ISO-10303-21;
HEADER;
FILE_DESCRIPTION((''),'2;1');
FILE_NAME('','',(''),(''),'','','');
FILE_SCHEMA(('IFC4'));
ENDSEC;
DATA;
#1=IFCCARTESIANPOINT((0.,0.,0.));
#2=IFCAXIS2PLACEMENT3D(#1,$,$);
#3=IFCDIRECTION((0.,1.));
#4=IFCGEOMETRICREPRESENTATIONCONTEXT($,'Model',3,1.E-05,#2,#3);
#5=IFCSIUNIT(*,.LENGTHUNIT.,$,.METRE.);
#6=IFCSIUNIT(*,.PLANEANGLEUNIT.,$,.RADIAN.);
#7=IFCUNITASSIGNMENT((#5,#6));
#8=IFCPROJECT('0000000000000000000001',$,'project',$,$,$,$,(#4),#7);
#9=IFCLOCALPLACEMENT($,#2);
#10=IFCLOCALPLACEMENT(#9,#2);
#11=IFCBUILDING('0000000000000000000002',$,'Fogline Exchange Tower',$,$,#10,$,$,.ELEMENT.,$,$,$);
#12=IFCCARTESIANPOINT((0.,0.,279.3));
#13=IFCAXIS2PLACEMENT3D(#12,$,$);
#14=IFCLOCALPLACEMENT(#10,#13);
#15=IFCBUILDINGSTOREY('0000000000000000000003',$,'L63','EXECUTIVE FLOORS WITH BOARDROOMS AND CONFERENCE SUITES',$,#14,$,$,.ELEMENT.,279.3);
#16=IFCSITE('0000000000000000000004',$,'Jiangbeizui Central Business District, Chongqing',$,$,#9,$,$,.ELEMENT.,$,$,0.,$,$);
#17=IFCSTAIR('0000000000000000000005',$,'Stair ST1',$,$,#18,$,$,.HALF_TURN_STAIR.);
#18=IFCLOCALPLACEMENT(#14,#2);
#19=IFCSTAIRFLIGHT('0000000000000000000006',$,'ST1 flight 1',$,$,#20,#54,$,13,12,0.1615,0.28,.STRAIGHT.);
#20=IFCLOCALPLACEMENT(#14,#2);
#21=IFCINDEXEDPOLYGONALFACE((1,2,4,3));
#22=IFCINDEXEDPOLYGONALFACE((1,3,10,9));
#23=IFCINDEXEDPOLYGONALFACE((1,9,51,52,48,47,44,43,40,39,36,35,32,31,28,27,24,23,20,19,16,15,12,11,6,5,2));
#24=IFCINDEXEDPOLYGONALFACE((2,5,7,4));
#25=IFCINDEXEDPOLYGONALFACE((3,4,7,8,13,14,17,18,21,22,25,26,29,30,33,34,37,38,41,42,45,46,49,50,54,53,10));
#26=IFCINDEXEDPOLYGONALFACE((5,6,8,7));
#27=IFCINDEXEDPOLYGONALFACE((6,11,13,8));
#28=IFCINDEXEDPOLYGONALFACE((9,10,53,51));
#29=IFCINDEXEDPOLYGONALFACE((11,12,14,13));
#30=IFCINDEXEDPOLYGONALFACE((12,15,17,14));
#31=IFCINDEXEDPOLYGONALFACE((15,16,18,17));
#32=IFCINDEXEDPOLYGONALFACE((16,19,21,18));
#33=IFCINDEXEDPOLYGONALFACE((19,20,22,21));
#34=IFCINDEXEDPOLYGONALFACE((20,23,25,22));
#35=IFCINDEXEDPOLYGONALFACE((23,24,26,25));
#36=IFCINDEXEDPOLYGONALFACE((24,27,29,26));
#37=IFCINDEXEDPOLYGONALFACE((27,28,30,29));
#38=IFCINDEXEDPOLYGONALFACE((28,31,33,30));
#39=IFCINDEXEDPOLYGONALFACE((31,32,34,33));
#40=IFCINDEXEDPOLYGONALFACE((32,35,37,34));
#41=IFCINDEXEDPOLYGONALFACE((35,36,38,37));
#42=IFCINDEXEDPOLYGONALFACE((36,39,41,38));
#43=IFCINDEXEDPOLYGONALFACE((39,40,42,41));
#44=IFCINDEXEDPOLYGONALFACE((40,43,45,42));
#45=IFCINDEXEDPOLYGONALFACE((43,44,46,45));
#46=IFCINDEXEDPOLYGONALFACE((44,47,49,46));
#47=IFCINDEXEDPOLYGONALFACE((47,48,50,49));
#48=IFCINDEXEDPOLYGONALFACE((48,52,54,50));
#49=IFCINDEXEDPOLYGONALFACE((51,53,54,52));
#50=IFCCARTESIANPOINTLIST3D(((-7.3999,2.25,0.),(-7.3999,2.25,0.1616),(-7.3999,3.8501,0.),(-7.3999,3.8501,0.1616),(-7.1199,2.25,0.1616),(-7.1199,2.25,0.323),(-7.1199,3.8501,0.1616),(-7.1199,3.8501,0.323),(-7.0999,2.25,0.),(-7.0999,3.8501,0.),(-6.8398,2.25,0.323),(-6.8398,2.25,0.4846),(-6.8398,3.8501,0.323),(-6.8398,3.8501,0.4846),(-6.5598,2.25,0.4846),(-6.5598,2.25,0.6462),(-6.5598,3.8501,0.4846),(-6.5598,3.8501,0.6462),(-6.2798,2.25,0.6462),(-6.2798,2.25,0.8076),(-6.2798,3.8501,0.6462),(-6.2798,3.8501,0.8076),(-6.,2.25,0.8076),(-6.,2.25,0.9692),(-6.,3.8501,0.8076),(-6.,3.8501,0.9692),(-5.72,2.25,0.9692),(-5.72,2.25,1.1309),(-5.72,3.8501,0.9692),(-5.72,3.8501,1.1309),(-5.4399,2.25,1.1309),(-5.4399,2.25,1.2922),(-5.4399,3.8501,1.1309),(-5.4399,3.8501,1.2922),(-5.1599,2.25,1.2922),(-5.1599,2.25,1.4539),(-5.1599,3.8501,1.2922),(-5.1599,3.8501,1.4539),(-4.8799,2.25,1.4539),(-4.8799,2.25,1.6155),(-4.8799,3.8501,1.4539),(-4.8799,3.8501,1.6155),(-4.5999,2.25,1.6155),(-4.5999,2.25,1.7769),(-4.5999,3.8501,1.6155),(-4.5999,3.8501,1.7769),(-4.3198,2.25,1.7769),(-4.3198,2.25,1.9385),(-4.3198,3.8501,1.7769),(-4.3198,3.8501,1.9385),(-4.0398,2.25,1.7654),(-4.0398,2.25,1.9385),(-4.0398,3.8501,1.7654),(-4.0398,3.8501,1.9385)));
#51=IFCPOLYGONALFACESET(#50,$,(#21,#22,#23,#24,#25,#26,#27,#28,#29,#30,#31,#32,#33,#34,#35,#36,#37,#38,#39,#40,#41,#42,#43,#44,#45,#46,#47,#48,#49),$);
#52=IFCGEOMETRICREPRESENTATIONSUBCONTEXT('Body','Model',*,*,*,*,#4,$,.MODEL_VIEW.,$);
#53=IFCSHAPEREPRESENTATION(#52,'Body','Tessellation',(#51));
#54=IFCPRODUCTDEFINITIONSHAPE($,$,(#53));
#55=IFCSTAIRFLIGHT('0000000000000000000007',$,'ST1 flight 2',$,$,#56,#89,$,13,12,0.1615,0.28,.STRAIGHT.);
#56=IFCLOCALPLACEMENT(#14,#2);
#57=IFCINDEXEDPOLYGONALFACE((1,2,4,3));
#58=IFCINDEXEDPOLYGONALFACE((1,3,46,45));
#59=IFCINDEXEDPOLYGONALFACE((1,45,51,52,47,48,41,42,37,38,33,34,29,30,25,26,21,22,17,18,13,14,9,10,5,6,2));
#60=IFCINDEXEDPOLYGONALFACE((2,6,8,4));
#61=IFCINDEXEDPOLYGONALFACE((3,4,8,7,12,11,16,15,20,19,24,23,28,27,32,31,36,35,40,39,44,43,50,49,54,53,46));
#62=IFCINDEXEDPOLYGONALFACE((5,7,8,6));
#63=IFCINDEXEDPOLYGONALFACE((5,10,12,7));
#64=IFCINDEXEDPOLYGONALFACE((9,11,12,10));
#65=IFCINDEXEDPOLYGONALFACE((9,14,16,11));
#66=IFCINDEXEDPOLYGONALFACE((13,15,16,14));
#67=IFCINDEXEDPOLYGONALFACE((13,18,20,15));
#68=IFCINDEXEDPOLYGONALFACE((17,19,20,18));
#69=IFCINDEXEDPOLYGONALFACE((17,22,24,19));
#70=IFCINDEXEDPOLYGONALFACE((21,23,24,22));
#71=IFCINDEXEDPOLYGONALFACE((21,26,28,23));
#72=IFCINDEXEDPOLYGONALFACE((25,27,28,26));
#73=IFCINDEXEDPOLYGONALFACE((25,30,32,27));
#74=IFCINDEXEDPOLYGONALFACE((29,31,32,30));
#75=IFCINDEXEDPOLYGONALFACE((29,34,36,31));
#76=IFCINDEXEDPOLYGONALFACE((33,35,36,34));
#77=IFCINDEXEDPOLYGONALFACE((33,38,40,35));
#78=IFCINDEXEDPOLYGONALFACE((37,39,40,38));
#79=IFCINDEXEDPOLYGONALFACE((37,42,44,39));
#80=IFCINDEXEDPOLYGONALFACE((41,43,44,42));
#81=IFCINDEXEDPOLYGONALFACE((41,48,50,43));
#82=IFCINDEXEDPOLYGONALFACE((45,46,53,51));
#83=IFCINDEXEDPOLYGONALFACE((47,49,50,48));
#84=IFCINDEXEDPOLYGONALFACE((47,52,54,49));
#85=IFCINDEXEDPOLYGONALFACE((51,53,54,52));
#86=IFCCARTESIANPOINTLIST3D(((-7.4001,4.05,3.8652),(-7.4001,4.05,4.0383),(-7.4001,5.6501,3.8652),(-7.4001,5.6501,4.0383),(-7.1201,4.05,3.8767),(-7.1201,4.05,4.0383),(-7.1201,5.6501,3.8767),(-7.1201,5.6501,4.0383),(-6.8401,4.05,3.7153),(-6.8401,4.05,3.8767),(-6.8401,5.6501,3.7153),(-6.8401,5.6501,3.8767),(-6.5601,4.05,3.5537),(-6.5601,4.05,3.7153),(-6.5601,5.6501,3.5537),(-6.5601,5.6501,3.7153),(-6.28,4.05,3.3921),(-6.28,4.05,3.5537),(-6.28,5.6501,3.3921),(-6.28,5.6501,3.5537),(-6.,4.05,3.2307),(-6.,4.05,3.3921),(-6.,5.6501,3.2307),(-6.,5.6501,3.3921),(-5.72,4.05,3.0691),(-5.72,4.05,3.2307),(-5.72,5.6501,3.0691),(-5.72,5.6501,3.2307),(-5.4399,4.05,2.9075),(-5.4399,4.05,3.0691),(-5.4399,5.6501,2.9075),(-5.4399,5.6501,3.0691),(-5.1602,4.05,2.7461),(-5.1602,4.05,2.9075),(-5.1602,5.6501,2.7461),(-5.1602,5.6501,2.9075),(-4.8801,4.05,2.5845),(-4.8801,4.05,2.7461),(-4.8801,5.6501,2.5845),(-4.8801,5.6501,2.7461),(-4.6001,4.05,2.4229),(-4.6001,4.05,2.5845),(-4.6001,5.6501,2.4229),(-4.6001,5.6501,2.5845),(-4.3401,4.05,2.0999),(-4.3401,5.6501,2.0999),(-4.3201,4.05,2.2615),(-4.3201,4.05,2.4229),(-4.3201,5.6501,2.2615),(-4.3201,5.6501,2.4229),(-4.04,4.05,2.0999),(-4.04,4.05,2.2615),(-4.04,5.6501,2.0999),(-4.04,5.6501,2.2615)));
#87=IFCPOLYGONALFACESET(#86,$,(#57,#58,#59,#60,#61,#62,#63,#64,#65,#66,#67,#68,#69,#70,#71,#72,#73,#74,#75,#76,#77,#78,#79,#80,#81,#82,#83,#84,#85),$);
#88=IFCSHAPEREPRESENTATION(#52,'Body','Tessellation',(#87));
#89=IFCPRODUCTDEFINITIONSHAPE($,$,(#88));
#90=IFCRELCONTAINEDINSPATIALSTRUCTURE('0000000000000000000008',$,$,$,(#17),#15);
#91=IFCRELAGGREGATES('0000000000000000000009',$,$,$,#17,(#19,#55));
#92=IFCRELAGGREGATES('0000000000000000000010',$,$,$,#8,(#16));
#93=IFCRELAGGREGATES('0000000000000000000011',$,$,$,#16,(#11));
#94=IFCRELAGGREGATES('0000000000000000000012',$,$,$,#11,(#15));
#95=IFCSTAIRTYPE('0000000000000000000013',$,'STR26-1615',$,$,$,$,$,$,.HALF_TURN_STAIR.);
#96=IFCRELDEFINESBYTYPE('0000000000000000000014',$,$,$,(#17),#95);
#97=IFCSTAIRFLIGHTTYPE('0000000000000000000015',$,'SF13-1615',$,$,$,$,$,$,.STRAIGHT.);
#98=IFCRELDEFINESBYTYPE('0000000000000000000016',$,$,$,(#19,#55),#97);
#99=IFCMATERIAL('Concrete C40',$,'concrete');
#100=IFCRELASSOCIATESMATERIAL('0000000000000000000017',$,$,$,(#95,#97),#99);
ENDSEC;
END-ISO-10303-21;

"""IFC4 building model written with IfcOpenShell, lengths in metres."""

from ifc_helpers import new_model, si_unit, direction, frame, origin, place, context, subcontext, project, spatial, polyline, outline, extrude, material, type_object, element, aggregate, save


model = new_model("IFC4")

# Units and contexts
model_context = context("Model", 3, precision=1e-05, world=origin(), true_north=direction((0.0, 1.0)))
body_context = subcontext(model_context, "Body", "Model", "MODEL_VIEW")
ifc_project = project(units=[si_unit("LENGTHUNIT", "METRE"), si_unit("PLANEANGLEUNIT", "RADIAN")], contexts=[model_context])

# Site, building, storey
site_placement = place(None, origin())
site = spatial("IfcSite", under=ifc_project, at=site_placement, Name="Jiangbeizui Central Business District, Chongqing", CompositionType="ELEMENT", RefElevation=0.0)
building_placement = place(site_placement, origin())
building = spatial("IfcBuilding", under=site, at=building_placement, Name="Fogline Exchange Tower", CompositionType="ELEMENT")
storey_placement = place(building_placement, frame((0.0, 0.0, 279.3)))
storey = spatial("IfcBuildingStorey", under=building, at=storey_placement, Name="L63", Description="EXECUTIVE FLOORS WITH BOARDROOMS AND CONFERENCE SUITES", CompositionType="ELEMENT", Elevation=279.3)

# Shared definitions
ifc_material_1 = material(Name="Concrete C40", Category="concrete")

# Stair, stair flights
stair_type = type_object("IfcStairType", Name="STR26-1615", PredefinedType="HALF_TURN_STAIR", material=ifc_material_1)
stair_placement = place(storey_placement, origin())
stair = element("IfcStair", 1, at=stair_placement, inside=storey, type_object=stair_type, Name="Stair ST1", PredefinedType="HALF_TURN_STAIR")
stair_flight_type = type_object("IfcStairFlightType", Name="SF13-1615", PredefinedType="STRAIGHT", material=ifc_material_1)
stair_flight_1_placement = place(storey_placement, frame((-7.3999, 3.05, 0.0), z_axis=(0.0, 0.0, 1.0), x_axis=(1.0, 0.0, 0.0)))
stair_flight_1 = element("IfcStairFlight", 2, at=stair_flight_1_placement, type_object=stair_flight_type, Name="ST1 flight 1", NumberOfRisers=13, NumberOfTreads=12, PredefinedType="STRAIGHT", RiserHeight=0.1615, TreadLength=0.28, context=body_context, shape_type="SweptSolid", body=[
    extrude(outline(polyline([(0.0, 0.0), (0.0, 0.1616), (0.28, 0.1616), (0.28, 0.323), (0.5601, 0.323), (0.5601, 0.4846), (0.8401, 0.4846), (0.8401, 0.6462), (1.1201, 0.6462), (1.1201, 0.8076), (1.3999, 0.8076), (1.3999, 0.9692), (1.6799, 0.9692), (1.6799, 1.1309), (1.96, 1.1309), (1.96, 1.2922), (2.24, 1.2922), (2.24, 1.4539), (2.52, 1.4539), (2.52, 1.6155), (2.8, 1.6155), (2.8, 1.7769), (3.0801, 1.7769), (3.0801, 1.9385), (3.3601, 1.9385), (3.3601, 2.1001), (3.3601, 1.7654), (0.3, 0.0), (0.0, 0.0)])), frame((0.0, 0.8, 0.0), z_axis=(0.0, -1.0, 0.0), x_axis=(1.0, 0.0, 0.0)), (0.0, 0.0, 1.0), 1.6001),
])
stair_flight_2_placement = place(storey_placement, frame((-4.04, 4.8501, 2.0999), z_axis=(0.0, 0.0, 1.0), x_axis=(-1.0, 0.0, 0.0)))
stair_flight_2 = element("IfcStairFlight", 3, at=stair_flight_2_placement, type_object=stair_flight_type, Name="ST1 flight 2", NumberOfRisers=13, NumberOfTreads=12, PredefinedType="STRAIGHT", RiserHeight=0.1615, TreadLength=0.28, context=body_context, shape_type="SweptSolid", body=[
    extrude(outline(polyline([(0.0, 0.0), (0.0, 0.1616), (0.28, 0.1616), (0.28, 0.323), (0.5601, 0.323), (0.5601, 0.4846), (0.8401, 0.4846), (0.8401, 0.6462), (1.1201, 0.6462), (1.1201, 0.8076), (1.3999, 0.8076), (1.3999, 0.9692), (1.6799, 0.9692), (1.6799, 1.1309), (1.96, 1.1309), (1.96, 1.2922), (2.24, 1.2922), (2.24, 1.4539), (2.52, 1.4539), (2.52, 1.6155), (2.8, 1.6155), (2.8, 1.7769), (3.0801, 1.7769), (3.0801, 1.9385), (3.3601, 1.9385), (3.3601, 2.1001), (3.3601, 1.7654), (0.3, 0.0), (0.0, 0.0)])), frame((0.0, 0.8, 0.0), z_axis=(0.0, -1.0, 0.0), x_axis=(1.0, 0.0, 0.0)), (0.0, 0.0, 1.0), 1.6001),
])
aggregate(stair, [stair_flight_1, stair_flight_2])

save(model, "model.ifc")
